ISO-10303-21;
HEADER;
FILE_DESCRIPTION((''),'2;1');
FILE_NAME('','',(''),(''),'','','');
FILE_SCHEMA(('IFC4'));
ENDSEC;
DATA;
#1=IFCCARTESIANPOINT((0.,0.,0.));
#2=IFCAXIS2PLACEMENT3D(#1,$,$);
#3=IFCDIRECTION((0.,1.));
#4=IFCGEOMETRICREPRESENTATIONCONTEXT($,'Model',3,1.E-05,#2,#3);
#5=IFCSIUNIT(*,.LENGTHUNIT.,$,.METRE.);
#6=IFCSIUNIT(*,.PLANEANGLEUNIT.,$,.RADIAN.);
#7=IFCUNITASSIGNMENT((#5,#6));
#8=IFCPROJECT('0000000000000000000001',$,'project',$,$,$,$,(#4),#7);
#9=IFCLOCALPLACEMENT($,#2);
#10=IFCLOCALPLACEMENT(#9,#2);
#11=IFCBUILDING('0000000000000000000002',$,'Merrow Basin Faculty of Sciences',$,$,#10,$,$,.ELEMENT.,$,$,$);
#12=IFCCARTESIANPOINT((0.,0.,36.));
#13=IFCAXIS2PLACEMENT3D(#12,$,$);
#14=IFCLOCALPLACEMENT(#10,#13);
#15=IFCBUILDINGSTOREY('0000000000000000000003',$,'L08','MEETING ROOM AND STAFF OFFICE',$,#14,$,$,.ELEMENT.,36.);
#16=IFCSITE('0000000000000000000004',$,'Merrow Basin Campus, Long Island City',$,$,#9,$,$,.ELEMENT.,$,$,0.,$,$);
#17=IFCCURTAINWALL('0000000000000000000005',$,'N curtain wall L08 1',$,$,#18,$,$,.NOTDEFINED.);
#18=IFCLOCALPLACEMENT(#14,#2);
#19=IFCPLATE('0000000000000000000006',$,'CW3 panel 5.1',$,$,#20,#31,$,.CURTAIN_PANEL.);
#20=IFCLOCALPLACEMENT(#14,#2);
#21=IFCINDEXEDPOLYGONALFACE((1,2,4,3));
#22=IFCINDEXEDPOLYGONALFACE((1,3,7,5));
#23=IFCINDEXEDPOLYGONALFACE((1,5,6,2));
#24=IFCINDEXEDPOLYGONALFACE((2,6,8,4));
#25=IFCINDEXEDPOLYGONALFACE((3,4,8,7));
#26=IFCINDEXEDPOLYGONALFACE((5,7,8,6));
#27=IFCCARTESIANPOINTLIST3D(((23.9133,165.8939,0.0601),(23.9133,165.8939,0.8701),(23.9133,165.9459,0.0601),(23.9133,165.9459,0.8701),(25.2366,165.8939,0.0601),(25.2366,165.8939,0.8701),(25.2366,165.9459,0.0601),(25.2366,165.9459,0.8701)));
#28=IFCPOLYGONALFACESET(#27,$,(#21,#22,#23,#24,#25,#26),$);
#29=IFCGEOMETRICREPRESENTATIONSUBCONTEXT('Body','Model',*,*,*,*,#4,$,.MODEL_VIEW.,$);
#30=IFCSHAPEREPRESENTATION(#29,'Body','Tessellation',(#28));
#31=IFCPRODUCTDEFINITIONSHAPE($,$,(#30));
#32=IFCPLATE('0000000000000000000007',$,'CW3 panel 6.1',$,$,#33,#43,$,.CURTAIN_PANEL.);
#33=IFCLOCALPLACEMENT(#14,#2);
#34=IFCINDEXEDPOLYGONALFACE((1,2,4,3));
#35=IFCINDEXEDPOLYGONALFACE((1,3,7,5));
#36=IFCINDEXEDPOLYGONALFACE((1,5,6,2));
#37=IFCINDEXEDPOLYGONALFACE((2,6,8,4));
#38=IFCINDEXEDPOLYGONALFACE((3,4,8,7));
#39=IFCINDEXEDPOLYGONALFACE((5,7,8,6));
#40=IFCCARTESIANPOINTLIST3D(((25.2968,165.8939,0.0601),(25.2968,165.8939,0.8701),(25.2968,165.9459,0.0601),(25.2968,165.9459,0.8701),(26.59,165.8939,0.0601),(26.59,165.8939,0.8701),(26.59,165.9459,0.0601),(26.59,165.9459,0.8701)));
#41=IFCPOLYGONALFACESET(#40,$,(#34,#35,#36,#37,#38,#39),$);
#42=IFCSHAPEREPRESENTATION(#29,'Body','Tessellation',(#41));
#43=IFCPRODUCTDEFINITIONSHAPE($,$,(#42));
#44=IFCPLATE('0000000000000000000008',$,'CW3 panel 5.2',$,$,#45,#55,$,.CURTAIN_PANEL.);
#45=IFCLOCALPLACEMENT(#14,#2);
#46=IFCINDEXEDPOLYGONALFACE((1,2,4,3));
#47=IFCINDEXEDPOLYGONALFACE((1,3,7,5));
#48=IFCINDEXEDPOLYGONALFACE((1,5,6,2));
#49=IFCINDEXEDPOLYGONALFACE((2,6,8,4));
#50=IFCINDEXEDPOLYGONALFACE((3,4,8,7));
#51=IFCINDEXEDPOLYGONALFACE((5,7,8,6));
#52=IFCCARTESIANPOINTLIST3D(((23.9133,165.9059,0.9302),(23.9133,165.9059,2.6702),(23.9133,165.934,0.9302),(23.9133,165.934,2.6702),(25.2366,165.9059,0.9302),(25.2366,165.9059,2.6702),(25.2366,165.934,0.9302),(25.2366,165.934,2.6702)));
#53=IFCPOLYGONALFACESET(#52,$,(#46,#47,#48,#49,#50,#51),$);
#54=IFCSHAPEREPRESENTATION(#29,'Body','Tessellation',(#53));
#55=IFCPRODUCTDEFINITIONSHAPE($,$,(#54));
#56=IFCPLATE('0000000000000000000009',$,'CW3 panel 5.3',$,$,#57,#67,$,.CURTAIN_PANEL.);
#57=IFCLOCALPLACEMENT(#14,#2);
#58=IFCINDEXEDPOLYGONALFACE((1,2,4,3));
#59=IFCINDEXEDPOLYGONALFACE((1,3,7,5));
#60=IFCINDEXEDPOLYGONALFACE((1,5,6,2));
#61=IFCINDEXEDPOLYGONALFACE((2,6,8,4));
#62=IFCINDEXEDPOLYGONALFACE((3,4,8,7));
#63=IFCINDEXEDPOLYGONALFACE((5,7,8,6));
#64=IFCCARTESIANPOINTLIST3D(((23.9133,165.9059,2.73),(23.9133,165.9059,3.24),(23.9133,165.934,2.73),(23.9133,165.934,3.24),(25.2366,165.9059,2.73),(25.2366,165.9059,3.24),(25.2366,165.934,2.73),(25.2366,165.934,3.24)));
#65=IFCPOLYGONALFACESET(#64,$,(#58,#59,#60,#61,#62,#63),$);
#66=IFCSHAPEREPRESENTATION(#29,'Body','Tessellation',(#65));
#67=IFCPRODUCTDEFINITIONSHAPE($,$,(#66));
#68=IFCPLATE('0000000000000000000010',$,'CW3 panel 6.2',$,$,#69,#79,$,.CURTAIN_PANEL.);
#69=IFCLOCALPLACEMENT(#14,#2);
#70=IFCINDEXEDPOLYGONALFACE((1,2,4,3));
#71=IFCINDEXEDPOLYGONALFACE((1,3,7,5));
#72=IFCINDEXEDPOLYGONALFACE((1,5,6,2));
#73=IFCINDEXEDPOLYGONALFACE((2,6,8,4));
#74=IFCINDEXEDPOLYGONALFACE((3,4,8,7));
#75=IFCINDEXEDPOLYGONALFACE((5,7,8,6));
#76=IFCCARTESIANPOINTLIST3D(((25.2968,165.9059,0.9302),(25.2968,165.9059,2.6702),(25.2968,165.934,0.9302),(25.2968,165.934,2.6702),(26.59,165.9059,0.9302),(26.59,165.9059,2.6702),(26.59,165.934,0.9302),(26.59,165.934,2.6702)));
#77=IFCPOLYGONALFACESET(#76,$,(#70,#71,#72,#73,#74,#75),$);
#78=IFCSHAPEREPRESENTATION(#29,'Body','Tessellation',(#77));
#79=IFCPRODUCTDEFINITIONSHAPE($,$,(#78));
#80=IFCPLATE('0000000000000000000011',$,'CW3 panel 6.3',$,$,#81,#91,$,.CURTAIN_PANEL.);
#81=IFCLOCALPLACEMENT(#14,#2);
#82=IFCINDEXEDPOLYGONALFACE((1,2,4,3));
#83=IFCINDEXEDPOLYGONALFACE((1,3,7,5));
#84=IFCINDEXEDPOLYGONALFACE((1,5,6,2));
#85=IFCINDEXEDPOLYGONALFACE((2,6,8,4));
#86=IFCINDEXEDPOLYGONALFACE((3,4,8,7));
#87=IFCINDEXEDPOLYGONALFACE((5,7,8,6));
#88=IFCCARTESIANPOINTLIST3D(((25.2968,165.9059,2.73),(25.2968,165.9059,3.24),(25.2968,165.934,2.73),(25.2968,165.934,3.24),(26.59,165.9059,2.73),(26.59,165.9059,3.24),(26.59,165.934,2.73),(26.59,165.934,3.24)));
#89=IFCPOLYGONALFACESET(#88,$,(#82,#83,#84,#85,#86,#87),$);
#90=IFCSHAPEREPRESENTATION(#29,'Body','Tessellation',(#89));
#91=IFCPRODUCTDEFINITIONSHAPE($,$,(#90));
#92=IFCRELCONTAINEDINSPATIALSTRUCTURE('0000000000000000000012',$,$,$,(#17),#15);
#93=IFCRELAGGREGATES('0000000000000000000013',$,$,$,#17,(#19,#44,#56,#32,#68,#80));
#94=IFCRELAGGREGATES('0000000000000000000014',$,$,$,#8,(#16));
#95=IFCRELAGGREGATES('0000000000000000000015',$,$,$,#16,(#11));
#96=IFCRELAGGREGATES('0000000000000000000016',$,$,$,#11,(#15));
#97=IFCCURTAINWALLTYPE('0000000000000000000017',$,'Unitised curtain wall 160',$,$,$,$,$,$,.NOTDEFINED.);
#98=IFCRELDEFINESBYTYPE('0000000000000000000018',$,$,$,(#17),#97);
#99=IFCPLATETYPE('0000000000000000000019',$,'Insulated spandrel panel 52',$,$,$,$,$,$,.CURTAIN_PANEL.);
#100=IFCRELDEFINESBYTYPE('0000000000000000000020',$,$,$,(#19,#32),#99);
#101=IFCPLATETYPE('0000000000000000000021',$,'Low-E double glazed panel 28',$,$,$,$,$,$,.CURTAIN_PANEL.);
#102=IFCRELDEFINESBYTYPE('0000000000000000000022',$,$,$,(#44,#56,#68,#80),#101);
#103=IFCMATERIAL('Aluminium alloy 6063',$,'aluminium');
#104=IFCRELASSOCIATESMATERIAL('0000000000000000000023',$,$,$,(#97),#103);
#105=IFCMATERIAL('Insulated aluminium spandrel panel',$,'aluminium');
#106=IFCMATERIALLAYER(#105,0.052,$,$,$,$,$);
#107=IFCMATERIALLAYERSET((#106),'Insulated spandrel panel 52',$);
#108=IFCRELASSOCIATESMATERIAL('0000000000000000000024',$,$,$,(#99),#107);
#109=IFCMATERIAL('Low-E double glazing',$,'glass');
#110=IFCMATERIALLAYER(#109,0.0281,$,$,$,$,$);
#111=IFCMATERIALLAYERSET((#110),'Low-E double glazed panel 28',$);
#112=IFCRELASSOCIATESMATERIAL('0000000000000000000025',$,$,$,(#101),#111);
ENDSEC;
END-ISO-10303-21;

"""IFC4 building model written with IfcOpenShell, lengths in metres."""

from ifc_helpers import new_model, si_unit, direction, frame, origin, origin_2d, place, context, subcontext, project, spatial, rectangle, extrude, material, layer, layer_set, type_object, element, aggregate, save


model = new_model("IFC4")

# Units and contexts
model_context = context("Model", 3, precision=1e-05, world=origin(), true_north=direction((0.0, 1.0)))
body_context = subcontext(model_context, "Body", "Model", "MODEL_VIEW")
ifc_project = project(units=[si_unit("LENGTHUNIT", "METRE"), si_unit("PLANEANGLEUNIT", "RADIAN")], contexts=[model_context])

# Site, building, storey
site_placement = place(None, origin())
site = spatial("IfcSite", under=ifc_project, at=site_placement, Name="Merrow Basin Campus, Long Island City", CompositionType="ELEMENT", RefElevation=0.0)
building_placement = place(site_placement, origin())
building = spatial("IfcBuilding", under=site, at=building_placement, Name="Merrow Basin Faculty of Sciences", CompositionType="ELEMENT")
storey_placement = place(building_placement, frame((0.0, 0.0, 36.0)))
storey = spatial("IfcBuildingStorey", under=building, at=storey_placement, Name="L08", Description="MEETING ROOM AND STAFF OFFICE", CompositionType="ELEMENT", Elevation=36.0)

# Curtain wall
ifc_material_1 = material(Name="Aluminium alloy 6063", Category="aluminium")
curtain_wall_type = type_object("IfcCurtainWallType", Name="Unitised curtain wall 160", PredefinedType="NOTDEFINED", material=ifc_material_1)
curtain_wall_1_placement = place(storey_placement, origin())
curtain_wall_1 = element("IfcCurtainWall", 1, at=curtain_wall_1_placement, inside=storey, type_object=curtain_wall_type, Name="N curtain wall L08 1", PredefinedType="NOTDEFINED")

# Plates
ifc_material_2 = material(Name="Insulated aluminium spandrel panel", Category="aluminium")
ifc_layer_1 = layer(ifc_material_2, 0.052)
ifc_layer_set_1 = layer_set([ifc_layer_1], Name="Insulated spandrel panel 52")
plate_type_1 = type_object("IfcPlateType", Name="Insulated spandrel panel 52", PredefinedType="CURTAIN_PANEL", material=ifc_layer_set_1)
plate_1_placement = place(storey_placement, frame((24.575, 165.9199, 0.0601), z_axis=(0.0, 0.0, 1.0), x_axis=(1.0, 0.0, 0.0)))
plate_1 = element("IfcPlate", 2, at=plate_1_placement, type_object=plate_type_1, Name="CW3 panel 5.1", PredefinedType="CURTAIN_PANEL", context=body_context, shape_type="SweptSolid", body=[
    extrude(rectangle(XDim=1.3232, YDim=0.052, at=origin_2d()), origin(), (0.0, 0.0, 1.0), 0.8101),
])
plate_2_placement = place(storey_placement, frame((25.9434, 165.9199, 0.0601), z_axis=(0.0, 0.0, 1.0), x_axis=(1.0, 0.0, 0.0)))
plate_2 = element("IfcPlate", 3, at=plate_2_placement, type_object=plate_type_1, Name="CW3 panel 6.1", PredefinedType="CURTAIN_PANEL", context=body_context, shape_type="SweptSolid", body=[
    extrude(rectangle(XDim=1.2932, YDim=0.052, at=origin_2d()), origin(), (0.0, 0.0, 1.0), 0.8101),
])
ifc_material_3 = material(Name="Low-E double glazing", Category="glass")
ifc_layer_2 = layer(ifc_material_3, 0.0281)
ifc_layer_set_2 = layer_set([ifc_layer_2], Name="Low-E double glazed panel 28")
plate_type_2 = type_object("IfcPlateType", Name="Low-E double glazed panel 28", PredefinedType="CURTAIN_PANEL", material=ifc_layer_set_2)
plate_3_placement = place(storey_placement, frame((24.575, 165.9199, 0.9302), z_axis=(0.0, 0.0, 1.0), x_axis=(1.0, 0.0, 0.0)))
plate_3 = element("IfcPlate", 4, at=plate_3_placement, type_object=plate_type_2, Name="CW3 panel 5.2", PredefinedType="CURTAIN_PANEL", context=body_context, shape_type="SweptSolid", body=[
    extrude(rectangle(XDim=1.3232, YDim=0.0281, at=origin_2d()), origin(), (0.0, 0.0, 1.0), 1.74),
])
plate_4_placement = place(storey_placement, frame((24.575, 165.9199, 2.73), z_axis=(0.0, 0.0, 1.0), x_axis=(1.0, 0.0, 0.0)))
plate_4 = element("IfcPlate", 5, at=plate_4_placement, type_object=plate_type_2, Name="CW3 panel 5.3", PredefinedType="CURTAIN_PANEL", context=body_context, shape_type="SweptSolid", body=[
    extrude(rectangle(XDim=1.3232, YDim=0.0281, at=origin_2d()), origin(), (0.0, 0.0, 1.0), 0.51),
])
plate_5_placement = place(storey_placement, frame((25.9434, 165.9199, 0.9302), z_axis=(0.0, 0.0, 1.0), x_axis=(1.0, 0.0, 0.0)))
plate_5 = element("IfcPlate", 6, at=plate_5_placement, type_object=plate_type_2, Name="CW3 panel 6.2", PredefinedType="CURTAIN_PANEL", context=body_context, shape_type="SweptSolid", body=[
    extrude(rectangle(XDim=1.2932, YDim=0.0281, at=origin_2d()), origin(), (0.0, 0.0, 1.0), 1.74),
])
plate_6_placement = place(storey_placement, frame((25.9434, 165.9199, 2.73), z_axis=(0.0, 0.0, 1.0), x_axis=(1.0, 0.0, 0.0)))
plate_6 = element("IfcPlate", 7, at=plate_6_placement, type_object=plate_type_2, Name="CW3 panel 6.3", PredefinedType="CURTAIN_PANEL", context=body_context, shape_type="SweptSolid", body=[
    extrude(rectangle(XDim=1.2932, YDim=0.0281, at=origin_2d()), origin(), (0.0, 0.0, 1.0), 0.51),
])
aggregate(curtain_wall_1, [plate_1, plate_3, plate_4, plate_2, plate_5, plate_6])

save(model, "model.ifc")
